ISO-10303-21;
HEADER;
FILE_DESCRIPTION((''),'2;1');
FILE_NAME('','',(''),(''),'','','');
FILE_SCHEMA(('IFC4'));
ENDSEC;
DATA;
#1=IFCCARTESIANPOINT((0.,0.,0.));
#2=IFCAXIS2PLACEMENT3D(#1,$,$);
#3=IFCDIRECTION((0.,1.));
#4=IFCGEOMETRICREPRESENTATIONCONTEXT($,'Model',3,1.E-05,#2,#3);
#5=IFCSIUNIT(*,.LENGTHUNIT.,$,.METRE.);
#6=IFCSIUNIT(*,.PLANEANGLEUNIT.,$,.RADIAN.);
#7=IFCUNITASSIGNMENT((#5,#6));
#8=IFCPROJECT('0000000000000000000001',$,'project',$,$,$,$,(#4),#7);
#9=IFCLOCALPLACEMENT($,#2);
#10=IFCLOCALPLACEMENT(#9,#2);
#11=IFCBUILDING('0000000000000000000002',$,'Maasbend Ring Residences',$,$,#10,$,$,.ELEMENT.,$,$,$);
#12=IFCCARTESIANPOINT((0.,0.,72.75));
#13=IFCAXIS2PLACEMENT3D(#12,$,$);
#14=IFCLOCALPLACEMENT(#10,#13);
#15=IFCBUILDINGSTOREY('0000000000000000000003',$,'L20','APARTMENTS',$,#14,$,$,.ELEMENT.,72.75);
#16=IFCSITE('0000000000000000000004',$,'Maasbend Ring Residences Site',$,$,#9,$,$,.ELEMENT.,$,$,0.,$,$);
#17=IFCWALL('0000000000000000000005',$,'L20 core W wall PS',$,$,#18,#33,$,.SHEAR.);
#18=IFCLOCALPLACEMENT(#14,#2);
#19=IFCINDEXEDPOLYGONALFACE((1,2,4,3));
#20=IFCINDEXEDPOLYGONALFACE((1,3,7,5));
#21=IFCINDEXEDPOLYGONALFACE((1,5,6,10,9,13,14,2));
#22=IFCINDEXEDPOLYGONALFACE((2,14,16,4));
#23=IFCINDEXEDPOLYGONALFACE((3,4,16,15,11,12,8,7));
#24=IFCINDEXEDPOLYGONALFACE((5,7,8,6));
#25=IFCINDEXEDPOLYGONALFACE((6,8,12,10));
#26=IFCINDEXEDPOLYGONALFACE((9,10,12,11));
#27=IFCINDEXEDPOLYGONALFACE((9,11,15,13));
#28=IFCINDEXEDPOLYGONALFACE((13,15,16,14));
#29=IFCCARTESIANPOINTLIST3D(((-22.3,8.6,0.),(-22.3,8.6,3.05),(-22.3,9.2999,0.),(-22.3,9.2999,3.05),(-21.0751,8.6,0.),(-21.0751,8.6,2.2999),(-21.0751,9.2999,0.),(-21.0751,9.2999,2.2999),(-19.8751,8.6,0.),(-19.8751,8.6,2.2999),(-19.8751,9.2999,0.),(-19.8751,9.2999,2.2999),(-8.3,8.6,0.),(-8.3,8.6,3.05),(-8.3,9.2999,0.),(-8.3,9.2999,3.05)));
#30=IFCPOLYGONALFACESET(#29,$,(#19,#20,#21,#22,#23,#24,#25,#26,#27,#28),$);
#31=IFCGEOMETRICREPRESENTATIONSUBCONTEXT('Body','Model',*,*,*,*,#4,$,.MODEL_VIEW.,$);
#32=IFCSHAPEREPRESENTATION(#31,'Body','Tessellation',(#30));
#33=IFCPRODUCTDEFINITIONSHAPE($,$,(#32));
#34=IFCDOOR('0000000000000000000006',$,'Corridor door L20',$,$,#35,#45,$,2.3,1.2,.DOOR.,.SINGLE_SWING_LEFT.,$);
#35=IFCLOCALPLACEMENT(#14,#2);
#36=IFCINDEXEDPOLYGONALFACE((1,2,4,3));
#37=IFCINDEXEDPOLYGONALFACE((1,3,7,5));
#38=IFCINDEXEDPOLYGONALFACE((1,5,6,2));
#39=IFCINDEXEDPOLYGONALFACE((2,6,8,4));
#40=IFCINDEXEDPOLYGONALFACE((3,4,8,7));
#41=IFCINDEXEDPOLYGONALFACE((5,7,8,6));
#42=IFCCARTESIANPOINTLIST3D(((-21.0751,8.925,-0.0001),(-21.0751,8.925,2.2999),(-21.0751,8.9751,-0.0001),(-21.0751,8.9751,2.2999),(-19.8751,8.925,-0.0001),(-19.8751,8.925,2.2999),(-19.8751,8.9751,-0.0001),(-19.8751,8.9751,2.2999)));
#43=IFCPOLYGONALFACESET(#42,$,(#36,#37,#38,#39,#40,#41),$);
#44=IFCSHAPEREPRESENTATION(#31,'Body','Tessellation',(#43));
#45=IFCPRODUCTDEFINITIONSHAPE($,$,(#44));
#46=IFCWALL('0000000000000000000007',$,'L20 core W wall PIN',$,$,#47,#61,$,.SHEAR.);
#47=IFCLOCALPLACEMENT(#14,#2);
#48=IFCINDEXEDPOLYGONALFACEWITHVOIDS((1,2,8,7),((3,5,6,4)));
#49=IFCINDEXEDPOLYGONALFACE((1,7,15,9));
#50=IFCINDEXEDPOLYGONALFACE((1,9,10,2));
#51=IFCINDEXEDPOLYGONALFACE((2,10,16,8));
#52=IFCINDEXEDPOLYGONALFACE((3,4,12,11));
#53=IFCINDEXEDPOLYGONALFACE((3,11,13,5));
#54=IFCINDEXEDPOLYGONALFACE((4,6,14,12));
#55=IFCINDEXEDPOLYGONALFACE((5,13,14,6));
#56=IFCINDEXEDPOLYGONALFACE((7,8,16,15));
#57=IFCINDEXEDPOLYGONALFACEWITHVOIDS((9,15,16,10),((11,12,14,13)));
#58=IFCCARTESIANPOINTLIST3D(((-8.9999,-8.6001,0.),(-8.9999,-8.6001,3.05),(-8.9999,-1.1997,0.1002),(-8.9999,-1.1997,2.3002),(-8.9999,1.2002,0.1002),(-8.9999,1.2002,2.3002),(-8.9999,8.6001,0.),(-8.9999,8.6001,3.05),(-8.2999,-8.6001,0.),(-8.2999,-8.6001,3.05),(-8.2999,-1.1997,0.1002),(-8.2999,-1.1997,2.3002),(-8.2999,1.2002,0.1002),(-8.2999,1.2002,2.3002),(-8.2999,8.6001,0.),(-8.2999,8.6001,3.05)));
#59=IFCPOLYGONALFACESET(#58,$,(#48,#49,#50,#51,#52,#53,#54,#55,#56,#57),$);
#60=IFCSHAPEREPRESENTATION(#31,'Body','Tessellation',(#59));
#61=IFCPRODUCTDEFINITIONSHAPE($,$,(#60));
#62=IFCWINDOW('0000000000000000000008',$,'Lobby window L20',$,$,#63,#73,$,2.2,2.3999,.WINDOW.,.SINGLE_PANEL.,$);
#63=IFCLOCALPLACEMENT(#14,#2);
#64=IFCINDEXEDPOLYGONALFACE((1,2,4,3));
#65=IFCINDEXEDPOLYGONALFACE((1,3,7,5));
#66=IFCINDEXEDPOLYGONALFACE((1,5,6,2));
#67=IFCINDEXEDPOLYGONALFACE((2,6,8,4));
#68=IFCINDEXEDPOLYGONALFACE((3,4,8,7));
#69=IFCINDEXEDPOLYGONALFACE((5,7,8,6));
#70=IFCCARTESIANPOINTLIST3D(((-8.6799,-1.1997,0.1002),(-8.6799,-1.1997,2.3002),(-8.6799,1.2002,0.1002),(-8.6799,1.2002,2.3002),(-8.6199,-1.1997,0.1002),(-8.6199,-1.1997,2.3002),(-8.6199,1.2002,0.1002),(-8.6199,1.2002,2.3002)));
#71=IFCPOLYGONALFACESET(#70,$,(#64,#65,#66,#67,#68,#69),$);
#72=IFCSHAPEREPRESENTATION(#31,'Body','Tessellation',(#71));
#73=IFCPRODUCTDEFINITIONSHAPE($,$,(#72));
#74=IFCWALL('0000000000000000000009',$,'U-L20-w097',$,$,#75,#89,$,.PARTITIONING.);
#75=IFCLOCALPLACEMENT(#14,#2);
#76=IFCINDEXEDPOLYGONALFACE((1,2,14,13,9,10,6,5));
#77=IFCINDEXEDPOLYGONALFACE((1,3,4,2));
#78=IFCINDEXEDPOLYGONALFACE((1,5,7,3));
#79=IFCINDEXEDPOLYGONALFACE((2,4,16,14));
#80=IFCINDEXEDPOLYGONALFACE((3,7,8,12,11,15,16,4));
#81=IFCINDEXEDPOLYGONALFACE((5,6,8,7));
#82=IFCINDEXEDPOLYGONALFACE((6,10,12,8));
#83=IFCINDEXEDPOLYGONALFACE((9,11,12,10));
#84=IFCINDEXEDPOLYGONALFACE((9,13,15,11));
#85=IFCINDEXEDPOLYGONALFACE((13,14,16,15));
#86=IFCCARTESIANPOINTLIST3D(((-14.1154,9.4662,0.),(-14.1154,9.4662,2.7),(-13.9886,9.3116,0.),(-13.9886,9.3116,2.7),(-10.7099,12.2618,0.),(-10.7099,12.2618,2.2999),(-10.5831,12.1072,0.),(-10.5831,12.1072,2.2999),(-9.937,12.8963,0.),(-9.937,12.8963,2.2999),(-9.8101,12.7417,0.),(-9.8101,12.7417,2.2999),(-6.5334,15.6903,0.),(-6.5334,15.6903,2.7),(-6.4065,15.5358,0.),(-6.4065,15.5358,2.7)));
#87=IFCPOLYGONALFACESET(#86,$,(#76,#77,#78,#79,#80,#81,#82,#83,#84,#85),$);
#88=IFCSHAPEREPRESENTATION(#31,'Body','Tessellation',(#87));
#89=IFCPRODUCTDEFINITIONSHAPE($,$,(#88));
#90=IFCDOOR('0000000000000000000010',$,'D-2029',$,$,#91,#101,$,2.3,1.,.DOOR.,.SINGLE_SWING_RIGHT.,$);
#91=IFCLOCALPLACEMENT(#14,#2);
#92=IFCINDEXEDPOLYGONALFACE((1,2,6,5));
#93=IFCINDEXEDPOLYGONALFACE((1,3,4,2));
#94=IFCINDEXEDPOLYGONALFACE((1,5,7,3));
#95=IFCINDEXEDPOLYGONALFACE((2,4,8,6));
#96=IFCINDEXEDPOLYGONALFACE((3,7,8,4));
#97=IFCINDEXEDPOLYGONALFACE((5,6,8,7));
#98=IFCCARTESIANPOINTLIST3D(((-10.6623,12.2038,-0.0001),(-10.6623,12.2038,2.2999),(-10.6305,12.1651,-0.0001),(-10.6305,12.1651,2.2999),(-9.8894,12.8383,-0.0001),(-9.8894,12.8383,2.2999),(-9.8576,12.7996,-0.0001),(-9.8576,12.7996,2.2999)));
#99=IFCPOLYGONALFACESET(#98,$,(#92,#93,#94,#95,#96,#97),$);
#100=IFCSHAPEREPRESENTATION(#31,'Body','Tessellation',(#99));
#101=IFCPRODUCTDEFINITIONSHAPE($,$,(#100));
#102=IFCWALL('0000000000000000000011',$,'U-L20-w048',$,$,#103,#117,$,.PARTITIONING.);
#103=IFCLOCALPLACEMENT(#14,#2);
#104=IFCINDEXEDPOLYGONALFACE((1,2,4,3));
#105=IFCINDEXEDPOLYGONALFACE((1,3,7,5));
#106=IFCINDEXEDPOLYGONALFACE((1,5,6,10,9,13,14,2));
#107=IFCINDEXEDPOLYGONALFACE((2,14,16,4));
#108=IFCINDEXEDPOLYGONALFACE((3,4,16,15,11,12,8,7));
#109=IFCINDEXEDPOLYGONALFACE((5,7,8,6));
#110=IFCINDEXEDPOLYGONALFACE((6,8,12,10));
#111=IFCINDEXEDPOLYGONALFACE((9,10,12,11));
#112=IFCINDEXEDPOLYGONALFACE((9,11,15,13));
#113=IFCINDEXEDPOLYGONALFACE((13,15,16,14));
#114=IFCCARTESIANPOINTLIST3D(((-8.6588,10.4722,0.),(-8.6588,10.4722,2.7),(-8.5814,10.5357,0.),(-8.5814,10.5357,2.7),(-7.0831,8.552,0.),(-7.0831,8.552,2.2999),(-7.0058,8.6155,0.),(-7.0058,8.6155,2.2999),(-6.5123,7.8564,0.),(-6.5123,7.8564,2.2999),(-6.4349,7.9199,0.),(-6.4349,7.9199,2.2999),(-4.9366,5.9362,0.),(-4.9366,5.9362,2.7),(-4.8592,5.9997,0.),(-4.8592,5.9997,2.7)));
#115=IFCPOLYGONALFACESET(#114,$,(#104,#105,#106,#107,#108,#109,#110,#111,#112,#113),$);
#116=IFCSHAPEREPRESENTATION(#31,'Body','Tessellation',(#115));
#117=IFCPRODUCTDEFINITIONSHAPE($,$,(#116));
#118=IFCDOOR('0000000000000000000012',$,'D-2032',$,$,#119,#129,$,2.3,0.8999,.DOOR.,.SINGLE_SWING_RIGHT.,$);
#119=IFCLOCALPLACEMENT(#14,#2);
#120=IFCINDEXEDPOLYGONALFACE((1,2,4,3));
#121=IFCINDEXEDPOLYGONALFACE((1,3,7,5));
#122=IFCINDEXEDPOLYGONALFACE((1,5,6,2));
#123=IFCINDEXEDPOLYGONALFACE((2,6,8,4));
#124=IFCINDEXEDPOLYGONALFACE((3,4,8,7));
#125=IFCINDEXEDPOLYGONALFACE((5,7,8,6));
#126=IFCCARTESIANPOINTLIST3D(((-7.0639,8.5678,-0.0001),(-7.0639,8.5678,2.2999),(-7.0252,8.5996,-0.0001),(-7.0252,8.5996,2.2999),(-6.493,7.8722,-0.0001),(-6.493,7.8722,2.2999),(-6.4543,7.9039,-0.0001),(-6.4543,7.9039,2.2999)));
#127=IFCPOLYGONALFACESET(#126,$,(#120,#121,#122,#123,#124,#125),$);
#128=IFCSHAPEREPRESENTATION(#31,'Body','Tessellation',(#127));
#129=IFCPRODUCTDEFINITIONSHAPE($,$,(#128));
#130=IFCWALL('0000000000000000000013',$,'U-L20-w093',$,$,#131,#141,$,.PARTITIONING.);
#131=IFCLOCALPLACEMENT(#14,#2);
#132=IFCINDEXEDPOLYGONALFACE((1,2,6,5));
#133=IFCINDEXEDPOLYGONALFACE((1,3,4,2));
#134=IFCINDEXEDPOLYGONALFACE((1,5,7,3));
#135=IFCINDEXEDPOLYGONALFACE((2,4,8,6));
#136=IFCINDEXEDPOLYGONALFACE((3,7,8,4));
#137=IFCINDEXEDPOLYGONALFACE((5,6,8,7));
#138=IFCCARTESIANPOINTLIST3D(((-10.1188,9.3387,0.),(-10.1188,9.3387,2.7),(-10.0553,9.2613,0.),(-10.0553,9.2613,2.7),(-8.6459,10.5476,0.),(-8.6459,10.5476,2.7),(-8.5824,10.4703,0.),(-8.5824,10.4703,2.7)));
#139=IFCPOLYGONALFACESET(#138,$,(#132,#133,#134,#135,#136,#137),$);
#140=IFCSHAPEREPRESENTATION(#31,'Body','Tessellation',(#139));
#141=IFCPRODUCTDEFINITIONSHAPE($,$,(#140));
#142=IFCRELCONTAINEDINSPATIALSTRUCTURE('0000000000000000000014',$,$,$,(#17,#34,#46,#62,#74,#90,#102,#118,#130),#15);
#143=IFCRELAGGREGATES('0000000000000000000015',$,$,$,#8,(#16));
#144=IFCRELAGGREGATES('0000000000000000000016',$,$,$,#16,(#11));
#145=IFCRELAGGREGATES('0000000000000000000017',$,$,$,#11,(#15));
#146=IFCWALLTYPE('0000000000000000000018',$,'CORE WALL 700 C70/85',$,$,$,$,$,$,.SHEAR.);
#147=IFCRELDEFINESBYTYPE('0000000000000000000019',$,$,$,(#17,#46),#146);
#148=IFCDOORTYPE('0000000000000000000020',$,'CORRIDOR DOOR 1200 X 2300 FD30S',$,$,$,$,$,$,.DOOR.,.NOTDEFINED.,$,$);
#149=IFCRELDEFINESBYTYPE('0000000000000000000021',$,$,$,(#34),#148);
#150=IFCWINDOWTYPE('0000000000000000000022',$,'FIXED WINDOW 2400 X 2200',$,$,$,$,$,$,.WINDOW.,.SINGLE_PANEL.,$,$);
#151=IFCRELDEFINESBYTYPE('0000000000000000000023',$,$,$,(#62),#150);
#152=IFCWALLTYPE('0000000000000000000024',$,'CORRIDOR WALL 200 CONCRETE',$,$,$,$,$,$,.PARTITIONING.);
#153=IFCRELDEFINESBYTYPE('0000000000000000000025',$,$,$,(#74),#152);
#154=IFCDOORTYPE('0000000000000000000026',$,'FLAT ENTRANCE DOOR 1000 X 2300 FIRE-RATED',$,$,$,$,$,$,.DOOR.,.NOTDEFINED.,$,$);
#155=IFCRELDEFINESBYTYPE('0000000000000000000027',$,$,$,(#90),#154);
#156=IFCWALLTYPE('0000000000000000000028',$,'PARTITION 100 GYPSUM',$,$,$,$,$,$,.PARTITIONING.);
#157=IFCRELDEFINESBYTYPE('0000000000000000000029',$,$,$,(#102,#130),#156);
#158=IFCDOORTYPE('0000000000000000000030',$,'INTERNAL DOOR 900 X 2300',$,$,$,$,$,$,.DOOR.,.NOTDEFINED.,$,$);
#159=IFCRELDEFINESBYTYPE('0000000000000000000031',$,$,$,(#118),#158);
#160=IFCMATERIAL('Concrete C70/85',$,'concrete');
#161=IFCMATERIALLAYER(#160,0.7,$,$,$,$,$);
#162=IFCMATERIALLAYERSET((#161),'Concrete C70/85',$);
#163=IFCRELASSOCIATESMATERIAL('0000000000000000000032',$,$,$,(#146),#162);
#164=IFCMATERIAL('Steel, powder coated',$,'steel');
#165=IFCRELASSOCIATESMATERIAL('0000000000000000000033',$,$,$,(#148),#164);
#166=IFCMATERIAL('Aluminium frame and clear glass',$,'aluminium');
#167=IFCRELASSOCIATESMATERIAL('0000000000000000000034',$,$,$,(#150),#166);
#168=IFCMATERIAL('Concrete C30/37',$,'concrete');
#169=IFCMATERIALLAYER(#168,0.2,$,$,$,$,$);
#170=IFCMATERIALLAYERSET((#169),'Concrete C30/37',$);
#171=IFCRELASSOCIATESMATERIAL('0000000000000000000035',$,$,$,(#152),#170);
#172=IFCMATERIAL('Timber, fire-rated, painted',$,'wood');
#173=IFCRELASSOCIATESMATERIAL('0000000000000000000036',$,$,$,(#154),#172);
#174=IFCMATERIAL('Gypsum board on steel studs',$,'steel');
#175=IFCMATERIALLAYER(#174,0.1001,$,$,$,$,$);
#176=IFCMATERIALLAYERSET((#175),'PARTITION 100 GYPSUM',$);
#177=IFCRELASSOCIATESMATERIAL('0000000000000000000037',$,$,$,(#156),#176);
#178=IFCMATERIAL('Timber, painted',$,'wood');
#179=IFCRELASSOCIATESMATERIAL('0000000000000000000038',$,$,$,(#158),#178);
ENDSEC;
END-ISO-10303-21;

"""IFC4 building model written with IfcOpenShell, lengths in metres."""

from ifc_helpers import new_model, si_unit, direction, frame, frame_2d, origin, place, context, subcontext, project, spatial, rectangle, extrude, material, layer, layer_set, type_object, element, fill, save


model = new_model("IFC4")

# Units and contexts
model_context = context("Model", 3, precision=1e-05, world=origin(), true_north=direction((0.0, 1.0)))
body_context = subcontext(model_context, "Body", "Model", "MODEL_VIEW")
ifc_project = project(units=[si_unit("LENGTHUNIT", "METRE"), si_unit("PLANEANGLEUNIT", "RADIAN")], contexts=[model_context])

# Site, building, storey
site_placement = place(None, origin())
site = spatial("IfcSite", under=ifc_project, at=site_placement, Name="Maasbend Ring Residences Site", CompositionType="ELEMENT", RefElevation=0.0)
building_placement = place(site_placement, origin())
building = spatial("IfcBuilding", under=site, at=building_placement, Name="Maasbend Ring Residences", CompositionType="ELEMENT")
storey_placement = place(building_placement, frame((0.0, 0.0, 72.75)))
storey = spatial("IfcBuildingStorey", under=building, at=storey_placement, Name="L20", Description="APARTMENTS", CompositionType="ELEMENT", Elevation=72.75)

# Wall, opening, door
ifc_material_1 = material(Name="Concrete C70/85", Category="concrete")
ifc_layer_1 = layer(ifc_material_1, 0.7)
ifc_layer_set_1 = layer_set([ifc_layer_1], Name="Concrete C70/85")
wall_type_1 = type_object("IfcWallType", Name="CORE WALL 700 C70/85", PredefinedType="SHEAR", material=ifc_layer_set_1)
wall_1_placement = place(storey_placement, frame((-8.3, 8.95, 0.0), z_axis=(0.0, 0.0, 1.0), x_axis=(-1.0, 0.0, 0.0)))
wall_1 = element("IfcWall", 1, at=wall_1_placement, inside=storey, type_object=wall_type_1, Name="L20 core W wall PS", PredefinedType="SHEAR", context=body_context, shape_type="SweptSolid", body=[
    extrude(rectangle(XDim=14.0, YDim=0.7, at=frame_2d((7.0, 0.0))), origin(), (0.0, 0.0, 1.0), 3.05),
])
opening_1_placement = place(wall_1_placement, frame((11.575, 0.0, 0.0)))
opening_1 = element("IfcOpeningElement", 2, at=opening_1_placement, cuts=wall_1, PredefinedType="OPENING", context=body_context, shape_type="SweptSolid", body=[
    extrude(rectangle(XDim=1.2, YDim=2.3, at=frame_2d((0.6001, 1.1499))), frame((0.0, 0.3599, 0.0), z_axis=(0.0, -1.0, 0.0), x_axis=(1.0, 0.0, 0.0)), (0.0, 0.0, 1.0), 0.72),
])
ifc_material_2 = material(Name="Steel, powder coated", Category="steel")
door_type_1 = type_object("IfcDoorType", Name="CORRIDOR DOOR 1200 X 2300 FD30S", OperationType="NOTDEFINED", PredefinedType="DOOR", material=ifc_material_2)
door_1_placement = place(opening_1_placement, origin())
door_1 = element("IfcDoor", 3, at=door_1_placement, inside=storey, type_object=door_type_1, Name="Corridor door L20", OperationType="SINGLE_SWING_LEFT", OverallHeight=2.3, OverallWidth=1.2, PredefinedType="DOOR", context=body_context, shape_type="SweptSolid", body=[
    extrude(rectangle(XDim=1.2, YDim=2.3, at=frame_2d((0.6001, 1.1499))), frame((0.0, 0.0249, 0.0), z_axis=(0.0, -1.0, 0.0), x_axis=(1.0, 0.0, 0.0)), (0.0, 0.0, 1.0), 0.05),
])
fill(opening_1, door_1)

# Wall, opening, window
wall_2_placement = place(storey_placement, frame((-8.6499, 8.6001, 0.0), z_axis=(0.0, 0.0, 1.0), x_axis=(0.0, -1.0, 0.0)))
wall_2 = element("IfcWall", 4, at=wall_2_placement, inside=storey, type_object=wall_type_1, Name="L20 core W wall PIN", PredefinedType="SHEAR", context=body_context, shape_type="SweptSolid", body=[
    extrude(rectangle(XDim=17.2002, YDim=0.7, at=frame_2d((8.6001, 0.0))), origin(), (0.0, 0.0, 1.0), 3.05),
])
opening_2_placement = place(wall_2_placement, frame((7.3999, 0.0, 0.1001)))
opening_2 = element("IfcOpeningElement", 5, at=opening_2_placement, cuts=wall_2, PredefinedType="OPENING", context=body_context, shape_type="SweptSolid", body=[
    extrude(rectangle(XDim=2.3999, YDim=2.2, at=frame_2d((1.2, 1.1001))), frame((0.0, 0.3599, 0.0), z_axis=(0.0, -1.0, 0.0), x_axis=(1.0, 0.0, 0.0)), (0.0, 0.0, 1.0), 0.72),
])
ifc_material_3 = material(Name="Aluminium frame and clear glass", Category="aluminium")
window_type = type_object("IfcWindowType", Name="FIXED WINDOW 2400 X 2200", PartitioningType="SINGLE_PANEL", PredefinedType="WINDOW", material=ifc_material_3)
window_placement = place(opening_2_placement, origin())
window = element("IfcWindow", 6, at=window_placement, inside=storey, type_object=window_type, Name="Lobby window L20", OverallHeight=2.2, OverallWidth=2.3999, PartitioningType="SINGLE_PANEL", PredefinedType="WINDOW", context=body_context, shape_type="SweptSolid", body=[
    extrude(rectangle(XDim=2.3999, YDim=2.2, at=frame_2d((1.2, 1.1001))), frame((0.0, 0.03, 0.0), z_axis=(0.0, -1.0, 0.0), x_axis=(1.0, 0.0, 0.0)), (0.0, 0.0, 1.0), 0.0601),
])
fill(opening_2, window)

# Walls, openings, doors
ifc_material_4 = material(Name="Concrete C30/37", Category="concrete")
ifc_layer_2 = layer(ifc_material_4, 0.2)
ifc_layer_set_2 = layer_set([ifc_layer_2], Name="Concrete C30/37")
wall_type_2 = type_object("IfcWallType", Name="CORRIDOR WALL 200 CONCRETE", PredefinedType="PARTITIONING", material=ifc_layer_set_2)
wall_3_placement = place(storey_placement, frame((-14.052, 9.3889, 0.0), z_axis=(0.0, 0.0, 1.0), x_axis=(0.772925, 0.634497, 0.0)))
wall_3 = element("IfcWall", 7, at=wall_3_placement, inside=storey, type_object=wall_type_2, Name="U-L20-w097", PredefinedType="PARTITIONING", context=body_context, shape_type="SweptSolid", body=[
    extrude(rectangle(XDim=9.8096, YDim=0.2, at=frame_2d((4.9048, 0.0))), origin(), (0.0, 0.0, 1.0), 2.7),
])
opening_3_placement = place(wall_3_placement, frame((4.406, 0.0, 0.0)))
opening_3 = element("IfcOpeningElement", 8, at=opening_3_placement, cuts=wall_3, PredefinedType="OPENING", context=body_context, shape_type="SweptSolid", body=[
    extrude(rectangle(XDim=1.0, YDim=2.3, at=frame_2d((0.5, 1.1499))), frame((0.0, 0.1099, 0.0), z_axis=(0.0, -1.0, 0.0), x_axis=(1.0, 0.0, 0.0)), (0.0, 0.0, 1.0), 0.22),
])
ifc_material_5 = material(Name="Timber, fire-rated, painted", Category="wood")
door_type_2 = type_object("IfcDoorType", Name="FLAT ENTRANCE DOOR 1000 X 2300 FIRE-RATED", OperationType="NOTDEFINED", PredefinedType="DOOR", material=ifc_material_5)
door_2_placement = place(opening_3_placement, origin())
door_2 = element("IfcDoor", 9, at=door_2_placement, inside=storey, type_object=door_type_2, Name="D-2029", OperationType="SINGLE_SWING_RIGHT", OverallHeight=2.3, OverallWidth=1.0, PredefinedType="DOOR", context=body_context, shape_type="SweptSolid", body=[
    extrude(rectangle(XDim=1.0, YDim=2.3, at=frame_2d((0.5, 1.1499))), frame((0.0, 0.0249, 0.0), z_axis=(0.0, -1.0, 0.0), x_axis=(1.0, 0.0, 0.0)), (0.0, 0.0, 1.0), 0.05),
])
fill(opening_3, door_2)
ifc_material_6 = material(Name="Gypsum board on steel studs", Category="steel")
ifc_layer_3 = layer(ifc_material_6, 0.1001)
ifc_layer_set_3 = layer_set([ifc_layer_3], Name="PARTITION 100 GYPSUM")
wall_type_3 = type_object("IfcWallType", Name="PARTITION 100 GYPSUM", PredefinedType="PARTITIONING", material=ifc_layer_set_3)
wall_4_placement = place(storey_placement, frame((-8.6201, 10.5039, 0.0), z_axis=(0.0, 0.0, 1.0), x_axis=(0.634359, -0.773039, 0.0)))
wall_4 = element("IfcWall", 10, at=wall_4_placement, inside=storey, type_object=wall_type_3, Name="U-L20-w048", PredefinedType="PARTITIONING", context=body_context, shape_type="SweptSolid", body=[
    extrude(rectangle(XDim=5.8677, YDim=0.1001, at=frame_2d((2.9338, 0.0))), origin(), (0.0, 0.0, 1.0), 2.7),
])
opening_4_placement = place(wall_4_placement, frame((2.4839, 0.0, 0.0)))
opening_4 = element("IfcOpeningElement", 11, at=opening_4_placement, cuts=wall_4, PredefinedType="OPENING", context=body_context, shape_type="SweptSolid", body=[
    extrude(rectangle(XDim=0.8999, YDim=2.3, at=frame_2d((0.45, 1.1499))), frame((0.0, 0.0601, 0.0), z_axis=(0.0, -1.0, 0.0), x_axis=(1.0, 0.0, 0.0)), (0.0, 0.0, 1.0), 0.1201),
])
ifc_material_7 = material(Name="Timber, painted", Category="wood")
door_type_3 = type_object("IfcDoorType", Name="INTERNAL DOOR 900 X 2300", OperationType="NOTDEFINED", PredefinedType="DOOR", material=ifc_material_7)
door_3_placement = place(opening_4_placement, origin())
door_3 = element("IfcDoor", 12, at=door_3_placement, inside=storey, type_object=door_type_3, Name="D-2032", OperationType="SINGLE_SWING_RIGHT", OverallHeight=2.3, OverallWidth=0.8999, PredefinedType="DOOR", context=body_context, shape_type="SweptSolid", body=[
    extrude(rectangle(XDim=0.8999, YDim=2.3, at=frame_2d((0.45, 1.1499))), frame((0.0, 0.0249, 0.0), z_axis=(0.0, -1.0, 0.0), x_axis=(1.0, 0.0, 0.0)), (0.0, 0.0, 1.0), 0.05),
])
fill(opening_4, door_3)

# Wall
wall_5_placement = place(storey_placement, frame((-10.0869, 9.3, 0.0), z_axis=(0.0, 0.0, 1.0), x_axis=(0.772957, 0.634458, 0.0)))
element("IfcWall", 13, at=wall_5_placement, inside=storey, type_object=wall_type_3, Name="U-L20-w093", PredefinedType="PARTITIONING", context=body_context, shape_type="SweptSolid", body=[
    extrude(rectangle(XDim=1.9055, YDim=0.1001, at=frame_2d((0.9526, 0.0))), origin(), (0.0, 0.0, 1.0), 2.7),
])

save(model, "model.ifc")
